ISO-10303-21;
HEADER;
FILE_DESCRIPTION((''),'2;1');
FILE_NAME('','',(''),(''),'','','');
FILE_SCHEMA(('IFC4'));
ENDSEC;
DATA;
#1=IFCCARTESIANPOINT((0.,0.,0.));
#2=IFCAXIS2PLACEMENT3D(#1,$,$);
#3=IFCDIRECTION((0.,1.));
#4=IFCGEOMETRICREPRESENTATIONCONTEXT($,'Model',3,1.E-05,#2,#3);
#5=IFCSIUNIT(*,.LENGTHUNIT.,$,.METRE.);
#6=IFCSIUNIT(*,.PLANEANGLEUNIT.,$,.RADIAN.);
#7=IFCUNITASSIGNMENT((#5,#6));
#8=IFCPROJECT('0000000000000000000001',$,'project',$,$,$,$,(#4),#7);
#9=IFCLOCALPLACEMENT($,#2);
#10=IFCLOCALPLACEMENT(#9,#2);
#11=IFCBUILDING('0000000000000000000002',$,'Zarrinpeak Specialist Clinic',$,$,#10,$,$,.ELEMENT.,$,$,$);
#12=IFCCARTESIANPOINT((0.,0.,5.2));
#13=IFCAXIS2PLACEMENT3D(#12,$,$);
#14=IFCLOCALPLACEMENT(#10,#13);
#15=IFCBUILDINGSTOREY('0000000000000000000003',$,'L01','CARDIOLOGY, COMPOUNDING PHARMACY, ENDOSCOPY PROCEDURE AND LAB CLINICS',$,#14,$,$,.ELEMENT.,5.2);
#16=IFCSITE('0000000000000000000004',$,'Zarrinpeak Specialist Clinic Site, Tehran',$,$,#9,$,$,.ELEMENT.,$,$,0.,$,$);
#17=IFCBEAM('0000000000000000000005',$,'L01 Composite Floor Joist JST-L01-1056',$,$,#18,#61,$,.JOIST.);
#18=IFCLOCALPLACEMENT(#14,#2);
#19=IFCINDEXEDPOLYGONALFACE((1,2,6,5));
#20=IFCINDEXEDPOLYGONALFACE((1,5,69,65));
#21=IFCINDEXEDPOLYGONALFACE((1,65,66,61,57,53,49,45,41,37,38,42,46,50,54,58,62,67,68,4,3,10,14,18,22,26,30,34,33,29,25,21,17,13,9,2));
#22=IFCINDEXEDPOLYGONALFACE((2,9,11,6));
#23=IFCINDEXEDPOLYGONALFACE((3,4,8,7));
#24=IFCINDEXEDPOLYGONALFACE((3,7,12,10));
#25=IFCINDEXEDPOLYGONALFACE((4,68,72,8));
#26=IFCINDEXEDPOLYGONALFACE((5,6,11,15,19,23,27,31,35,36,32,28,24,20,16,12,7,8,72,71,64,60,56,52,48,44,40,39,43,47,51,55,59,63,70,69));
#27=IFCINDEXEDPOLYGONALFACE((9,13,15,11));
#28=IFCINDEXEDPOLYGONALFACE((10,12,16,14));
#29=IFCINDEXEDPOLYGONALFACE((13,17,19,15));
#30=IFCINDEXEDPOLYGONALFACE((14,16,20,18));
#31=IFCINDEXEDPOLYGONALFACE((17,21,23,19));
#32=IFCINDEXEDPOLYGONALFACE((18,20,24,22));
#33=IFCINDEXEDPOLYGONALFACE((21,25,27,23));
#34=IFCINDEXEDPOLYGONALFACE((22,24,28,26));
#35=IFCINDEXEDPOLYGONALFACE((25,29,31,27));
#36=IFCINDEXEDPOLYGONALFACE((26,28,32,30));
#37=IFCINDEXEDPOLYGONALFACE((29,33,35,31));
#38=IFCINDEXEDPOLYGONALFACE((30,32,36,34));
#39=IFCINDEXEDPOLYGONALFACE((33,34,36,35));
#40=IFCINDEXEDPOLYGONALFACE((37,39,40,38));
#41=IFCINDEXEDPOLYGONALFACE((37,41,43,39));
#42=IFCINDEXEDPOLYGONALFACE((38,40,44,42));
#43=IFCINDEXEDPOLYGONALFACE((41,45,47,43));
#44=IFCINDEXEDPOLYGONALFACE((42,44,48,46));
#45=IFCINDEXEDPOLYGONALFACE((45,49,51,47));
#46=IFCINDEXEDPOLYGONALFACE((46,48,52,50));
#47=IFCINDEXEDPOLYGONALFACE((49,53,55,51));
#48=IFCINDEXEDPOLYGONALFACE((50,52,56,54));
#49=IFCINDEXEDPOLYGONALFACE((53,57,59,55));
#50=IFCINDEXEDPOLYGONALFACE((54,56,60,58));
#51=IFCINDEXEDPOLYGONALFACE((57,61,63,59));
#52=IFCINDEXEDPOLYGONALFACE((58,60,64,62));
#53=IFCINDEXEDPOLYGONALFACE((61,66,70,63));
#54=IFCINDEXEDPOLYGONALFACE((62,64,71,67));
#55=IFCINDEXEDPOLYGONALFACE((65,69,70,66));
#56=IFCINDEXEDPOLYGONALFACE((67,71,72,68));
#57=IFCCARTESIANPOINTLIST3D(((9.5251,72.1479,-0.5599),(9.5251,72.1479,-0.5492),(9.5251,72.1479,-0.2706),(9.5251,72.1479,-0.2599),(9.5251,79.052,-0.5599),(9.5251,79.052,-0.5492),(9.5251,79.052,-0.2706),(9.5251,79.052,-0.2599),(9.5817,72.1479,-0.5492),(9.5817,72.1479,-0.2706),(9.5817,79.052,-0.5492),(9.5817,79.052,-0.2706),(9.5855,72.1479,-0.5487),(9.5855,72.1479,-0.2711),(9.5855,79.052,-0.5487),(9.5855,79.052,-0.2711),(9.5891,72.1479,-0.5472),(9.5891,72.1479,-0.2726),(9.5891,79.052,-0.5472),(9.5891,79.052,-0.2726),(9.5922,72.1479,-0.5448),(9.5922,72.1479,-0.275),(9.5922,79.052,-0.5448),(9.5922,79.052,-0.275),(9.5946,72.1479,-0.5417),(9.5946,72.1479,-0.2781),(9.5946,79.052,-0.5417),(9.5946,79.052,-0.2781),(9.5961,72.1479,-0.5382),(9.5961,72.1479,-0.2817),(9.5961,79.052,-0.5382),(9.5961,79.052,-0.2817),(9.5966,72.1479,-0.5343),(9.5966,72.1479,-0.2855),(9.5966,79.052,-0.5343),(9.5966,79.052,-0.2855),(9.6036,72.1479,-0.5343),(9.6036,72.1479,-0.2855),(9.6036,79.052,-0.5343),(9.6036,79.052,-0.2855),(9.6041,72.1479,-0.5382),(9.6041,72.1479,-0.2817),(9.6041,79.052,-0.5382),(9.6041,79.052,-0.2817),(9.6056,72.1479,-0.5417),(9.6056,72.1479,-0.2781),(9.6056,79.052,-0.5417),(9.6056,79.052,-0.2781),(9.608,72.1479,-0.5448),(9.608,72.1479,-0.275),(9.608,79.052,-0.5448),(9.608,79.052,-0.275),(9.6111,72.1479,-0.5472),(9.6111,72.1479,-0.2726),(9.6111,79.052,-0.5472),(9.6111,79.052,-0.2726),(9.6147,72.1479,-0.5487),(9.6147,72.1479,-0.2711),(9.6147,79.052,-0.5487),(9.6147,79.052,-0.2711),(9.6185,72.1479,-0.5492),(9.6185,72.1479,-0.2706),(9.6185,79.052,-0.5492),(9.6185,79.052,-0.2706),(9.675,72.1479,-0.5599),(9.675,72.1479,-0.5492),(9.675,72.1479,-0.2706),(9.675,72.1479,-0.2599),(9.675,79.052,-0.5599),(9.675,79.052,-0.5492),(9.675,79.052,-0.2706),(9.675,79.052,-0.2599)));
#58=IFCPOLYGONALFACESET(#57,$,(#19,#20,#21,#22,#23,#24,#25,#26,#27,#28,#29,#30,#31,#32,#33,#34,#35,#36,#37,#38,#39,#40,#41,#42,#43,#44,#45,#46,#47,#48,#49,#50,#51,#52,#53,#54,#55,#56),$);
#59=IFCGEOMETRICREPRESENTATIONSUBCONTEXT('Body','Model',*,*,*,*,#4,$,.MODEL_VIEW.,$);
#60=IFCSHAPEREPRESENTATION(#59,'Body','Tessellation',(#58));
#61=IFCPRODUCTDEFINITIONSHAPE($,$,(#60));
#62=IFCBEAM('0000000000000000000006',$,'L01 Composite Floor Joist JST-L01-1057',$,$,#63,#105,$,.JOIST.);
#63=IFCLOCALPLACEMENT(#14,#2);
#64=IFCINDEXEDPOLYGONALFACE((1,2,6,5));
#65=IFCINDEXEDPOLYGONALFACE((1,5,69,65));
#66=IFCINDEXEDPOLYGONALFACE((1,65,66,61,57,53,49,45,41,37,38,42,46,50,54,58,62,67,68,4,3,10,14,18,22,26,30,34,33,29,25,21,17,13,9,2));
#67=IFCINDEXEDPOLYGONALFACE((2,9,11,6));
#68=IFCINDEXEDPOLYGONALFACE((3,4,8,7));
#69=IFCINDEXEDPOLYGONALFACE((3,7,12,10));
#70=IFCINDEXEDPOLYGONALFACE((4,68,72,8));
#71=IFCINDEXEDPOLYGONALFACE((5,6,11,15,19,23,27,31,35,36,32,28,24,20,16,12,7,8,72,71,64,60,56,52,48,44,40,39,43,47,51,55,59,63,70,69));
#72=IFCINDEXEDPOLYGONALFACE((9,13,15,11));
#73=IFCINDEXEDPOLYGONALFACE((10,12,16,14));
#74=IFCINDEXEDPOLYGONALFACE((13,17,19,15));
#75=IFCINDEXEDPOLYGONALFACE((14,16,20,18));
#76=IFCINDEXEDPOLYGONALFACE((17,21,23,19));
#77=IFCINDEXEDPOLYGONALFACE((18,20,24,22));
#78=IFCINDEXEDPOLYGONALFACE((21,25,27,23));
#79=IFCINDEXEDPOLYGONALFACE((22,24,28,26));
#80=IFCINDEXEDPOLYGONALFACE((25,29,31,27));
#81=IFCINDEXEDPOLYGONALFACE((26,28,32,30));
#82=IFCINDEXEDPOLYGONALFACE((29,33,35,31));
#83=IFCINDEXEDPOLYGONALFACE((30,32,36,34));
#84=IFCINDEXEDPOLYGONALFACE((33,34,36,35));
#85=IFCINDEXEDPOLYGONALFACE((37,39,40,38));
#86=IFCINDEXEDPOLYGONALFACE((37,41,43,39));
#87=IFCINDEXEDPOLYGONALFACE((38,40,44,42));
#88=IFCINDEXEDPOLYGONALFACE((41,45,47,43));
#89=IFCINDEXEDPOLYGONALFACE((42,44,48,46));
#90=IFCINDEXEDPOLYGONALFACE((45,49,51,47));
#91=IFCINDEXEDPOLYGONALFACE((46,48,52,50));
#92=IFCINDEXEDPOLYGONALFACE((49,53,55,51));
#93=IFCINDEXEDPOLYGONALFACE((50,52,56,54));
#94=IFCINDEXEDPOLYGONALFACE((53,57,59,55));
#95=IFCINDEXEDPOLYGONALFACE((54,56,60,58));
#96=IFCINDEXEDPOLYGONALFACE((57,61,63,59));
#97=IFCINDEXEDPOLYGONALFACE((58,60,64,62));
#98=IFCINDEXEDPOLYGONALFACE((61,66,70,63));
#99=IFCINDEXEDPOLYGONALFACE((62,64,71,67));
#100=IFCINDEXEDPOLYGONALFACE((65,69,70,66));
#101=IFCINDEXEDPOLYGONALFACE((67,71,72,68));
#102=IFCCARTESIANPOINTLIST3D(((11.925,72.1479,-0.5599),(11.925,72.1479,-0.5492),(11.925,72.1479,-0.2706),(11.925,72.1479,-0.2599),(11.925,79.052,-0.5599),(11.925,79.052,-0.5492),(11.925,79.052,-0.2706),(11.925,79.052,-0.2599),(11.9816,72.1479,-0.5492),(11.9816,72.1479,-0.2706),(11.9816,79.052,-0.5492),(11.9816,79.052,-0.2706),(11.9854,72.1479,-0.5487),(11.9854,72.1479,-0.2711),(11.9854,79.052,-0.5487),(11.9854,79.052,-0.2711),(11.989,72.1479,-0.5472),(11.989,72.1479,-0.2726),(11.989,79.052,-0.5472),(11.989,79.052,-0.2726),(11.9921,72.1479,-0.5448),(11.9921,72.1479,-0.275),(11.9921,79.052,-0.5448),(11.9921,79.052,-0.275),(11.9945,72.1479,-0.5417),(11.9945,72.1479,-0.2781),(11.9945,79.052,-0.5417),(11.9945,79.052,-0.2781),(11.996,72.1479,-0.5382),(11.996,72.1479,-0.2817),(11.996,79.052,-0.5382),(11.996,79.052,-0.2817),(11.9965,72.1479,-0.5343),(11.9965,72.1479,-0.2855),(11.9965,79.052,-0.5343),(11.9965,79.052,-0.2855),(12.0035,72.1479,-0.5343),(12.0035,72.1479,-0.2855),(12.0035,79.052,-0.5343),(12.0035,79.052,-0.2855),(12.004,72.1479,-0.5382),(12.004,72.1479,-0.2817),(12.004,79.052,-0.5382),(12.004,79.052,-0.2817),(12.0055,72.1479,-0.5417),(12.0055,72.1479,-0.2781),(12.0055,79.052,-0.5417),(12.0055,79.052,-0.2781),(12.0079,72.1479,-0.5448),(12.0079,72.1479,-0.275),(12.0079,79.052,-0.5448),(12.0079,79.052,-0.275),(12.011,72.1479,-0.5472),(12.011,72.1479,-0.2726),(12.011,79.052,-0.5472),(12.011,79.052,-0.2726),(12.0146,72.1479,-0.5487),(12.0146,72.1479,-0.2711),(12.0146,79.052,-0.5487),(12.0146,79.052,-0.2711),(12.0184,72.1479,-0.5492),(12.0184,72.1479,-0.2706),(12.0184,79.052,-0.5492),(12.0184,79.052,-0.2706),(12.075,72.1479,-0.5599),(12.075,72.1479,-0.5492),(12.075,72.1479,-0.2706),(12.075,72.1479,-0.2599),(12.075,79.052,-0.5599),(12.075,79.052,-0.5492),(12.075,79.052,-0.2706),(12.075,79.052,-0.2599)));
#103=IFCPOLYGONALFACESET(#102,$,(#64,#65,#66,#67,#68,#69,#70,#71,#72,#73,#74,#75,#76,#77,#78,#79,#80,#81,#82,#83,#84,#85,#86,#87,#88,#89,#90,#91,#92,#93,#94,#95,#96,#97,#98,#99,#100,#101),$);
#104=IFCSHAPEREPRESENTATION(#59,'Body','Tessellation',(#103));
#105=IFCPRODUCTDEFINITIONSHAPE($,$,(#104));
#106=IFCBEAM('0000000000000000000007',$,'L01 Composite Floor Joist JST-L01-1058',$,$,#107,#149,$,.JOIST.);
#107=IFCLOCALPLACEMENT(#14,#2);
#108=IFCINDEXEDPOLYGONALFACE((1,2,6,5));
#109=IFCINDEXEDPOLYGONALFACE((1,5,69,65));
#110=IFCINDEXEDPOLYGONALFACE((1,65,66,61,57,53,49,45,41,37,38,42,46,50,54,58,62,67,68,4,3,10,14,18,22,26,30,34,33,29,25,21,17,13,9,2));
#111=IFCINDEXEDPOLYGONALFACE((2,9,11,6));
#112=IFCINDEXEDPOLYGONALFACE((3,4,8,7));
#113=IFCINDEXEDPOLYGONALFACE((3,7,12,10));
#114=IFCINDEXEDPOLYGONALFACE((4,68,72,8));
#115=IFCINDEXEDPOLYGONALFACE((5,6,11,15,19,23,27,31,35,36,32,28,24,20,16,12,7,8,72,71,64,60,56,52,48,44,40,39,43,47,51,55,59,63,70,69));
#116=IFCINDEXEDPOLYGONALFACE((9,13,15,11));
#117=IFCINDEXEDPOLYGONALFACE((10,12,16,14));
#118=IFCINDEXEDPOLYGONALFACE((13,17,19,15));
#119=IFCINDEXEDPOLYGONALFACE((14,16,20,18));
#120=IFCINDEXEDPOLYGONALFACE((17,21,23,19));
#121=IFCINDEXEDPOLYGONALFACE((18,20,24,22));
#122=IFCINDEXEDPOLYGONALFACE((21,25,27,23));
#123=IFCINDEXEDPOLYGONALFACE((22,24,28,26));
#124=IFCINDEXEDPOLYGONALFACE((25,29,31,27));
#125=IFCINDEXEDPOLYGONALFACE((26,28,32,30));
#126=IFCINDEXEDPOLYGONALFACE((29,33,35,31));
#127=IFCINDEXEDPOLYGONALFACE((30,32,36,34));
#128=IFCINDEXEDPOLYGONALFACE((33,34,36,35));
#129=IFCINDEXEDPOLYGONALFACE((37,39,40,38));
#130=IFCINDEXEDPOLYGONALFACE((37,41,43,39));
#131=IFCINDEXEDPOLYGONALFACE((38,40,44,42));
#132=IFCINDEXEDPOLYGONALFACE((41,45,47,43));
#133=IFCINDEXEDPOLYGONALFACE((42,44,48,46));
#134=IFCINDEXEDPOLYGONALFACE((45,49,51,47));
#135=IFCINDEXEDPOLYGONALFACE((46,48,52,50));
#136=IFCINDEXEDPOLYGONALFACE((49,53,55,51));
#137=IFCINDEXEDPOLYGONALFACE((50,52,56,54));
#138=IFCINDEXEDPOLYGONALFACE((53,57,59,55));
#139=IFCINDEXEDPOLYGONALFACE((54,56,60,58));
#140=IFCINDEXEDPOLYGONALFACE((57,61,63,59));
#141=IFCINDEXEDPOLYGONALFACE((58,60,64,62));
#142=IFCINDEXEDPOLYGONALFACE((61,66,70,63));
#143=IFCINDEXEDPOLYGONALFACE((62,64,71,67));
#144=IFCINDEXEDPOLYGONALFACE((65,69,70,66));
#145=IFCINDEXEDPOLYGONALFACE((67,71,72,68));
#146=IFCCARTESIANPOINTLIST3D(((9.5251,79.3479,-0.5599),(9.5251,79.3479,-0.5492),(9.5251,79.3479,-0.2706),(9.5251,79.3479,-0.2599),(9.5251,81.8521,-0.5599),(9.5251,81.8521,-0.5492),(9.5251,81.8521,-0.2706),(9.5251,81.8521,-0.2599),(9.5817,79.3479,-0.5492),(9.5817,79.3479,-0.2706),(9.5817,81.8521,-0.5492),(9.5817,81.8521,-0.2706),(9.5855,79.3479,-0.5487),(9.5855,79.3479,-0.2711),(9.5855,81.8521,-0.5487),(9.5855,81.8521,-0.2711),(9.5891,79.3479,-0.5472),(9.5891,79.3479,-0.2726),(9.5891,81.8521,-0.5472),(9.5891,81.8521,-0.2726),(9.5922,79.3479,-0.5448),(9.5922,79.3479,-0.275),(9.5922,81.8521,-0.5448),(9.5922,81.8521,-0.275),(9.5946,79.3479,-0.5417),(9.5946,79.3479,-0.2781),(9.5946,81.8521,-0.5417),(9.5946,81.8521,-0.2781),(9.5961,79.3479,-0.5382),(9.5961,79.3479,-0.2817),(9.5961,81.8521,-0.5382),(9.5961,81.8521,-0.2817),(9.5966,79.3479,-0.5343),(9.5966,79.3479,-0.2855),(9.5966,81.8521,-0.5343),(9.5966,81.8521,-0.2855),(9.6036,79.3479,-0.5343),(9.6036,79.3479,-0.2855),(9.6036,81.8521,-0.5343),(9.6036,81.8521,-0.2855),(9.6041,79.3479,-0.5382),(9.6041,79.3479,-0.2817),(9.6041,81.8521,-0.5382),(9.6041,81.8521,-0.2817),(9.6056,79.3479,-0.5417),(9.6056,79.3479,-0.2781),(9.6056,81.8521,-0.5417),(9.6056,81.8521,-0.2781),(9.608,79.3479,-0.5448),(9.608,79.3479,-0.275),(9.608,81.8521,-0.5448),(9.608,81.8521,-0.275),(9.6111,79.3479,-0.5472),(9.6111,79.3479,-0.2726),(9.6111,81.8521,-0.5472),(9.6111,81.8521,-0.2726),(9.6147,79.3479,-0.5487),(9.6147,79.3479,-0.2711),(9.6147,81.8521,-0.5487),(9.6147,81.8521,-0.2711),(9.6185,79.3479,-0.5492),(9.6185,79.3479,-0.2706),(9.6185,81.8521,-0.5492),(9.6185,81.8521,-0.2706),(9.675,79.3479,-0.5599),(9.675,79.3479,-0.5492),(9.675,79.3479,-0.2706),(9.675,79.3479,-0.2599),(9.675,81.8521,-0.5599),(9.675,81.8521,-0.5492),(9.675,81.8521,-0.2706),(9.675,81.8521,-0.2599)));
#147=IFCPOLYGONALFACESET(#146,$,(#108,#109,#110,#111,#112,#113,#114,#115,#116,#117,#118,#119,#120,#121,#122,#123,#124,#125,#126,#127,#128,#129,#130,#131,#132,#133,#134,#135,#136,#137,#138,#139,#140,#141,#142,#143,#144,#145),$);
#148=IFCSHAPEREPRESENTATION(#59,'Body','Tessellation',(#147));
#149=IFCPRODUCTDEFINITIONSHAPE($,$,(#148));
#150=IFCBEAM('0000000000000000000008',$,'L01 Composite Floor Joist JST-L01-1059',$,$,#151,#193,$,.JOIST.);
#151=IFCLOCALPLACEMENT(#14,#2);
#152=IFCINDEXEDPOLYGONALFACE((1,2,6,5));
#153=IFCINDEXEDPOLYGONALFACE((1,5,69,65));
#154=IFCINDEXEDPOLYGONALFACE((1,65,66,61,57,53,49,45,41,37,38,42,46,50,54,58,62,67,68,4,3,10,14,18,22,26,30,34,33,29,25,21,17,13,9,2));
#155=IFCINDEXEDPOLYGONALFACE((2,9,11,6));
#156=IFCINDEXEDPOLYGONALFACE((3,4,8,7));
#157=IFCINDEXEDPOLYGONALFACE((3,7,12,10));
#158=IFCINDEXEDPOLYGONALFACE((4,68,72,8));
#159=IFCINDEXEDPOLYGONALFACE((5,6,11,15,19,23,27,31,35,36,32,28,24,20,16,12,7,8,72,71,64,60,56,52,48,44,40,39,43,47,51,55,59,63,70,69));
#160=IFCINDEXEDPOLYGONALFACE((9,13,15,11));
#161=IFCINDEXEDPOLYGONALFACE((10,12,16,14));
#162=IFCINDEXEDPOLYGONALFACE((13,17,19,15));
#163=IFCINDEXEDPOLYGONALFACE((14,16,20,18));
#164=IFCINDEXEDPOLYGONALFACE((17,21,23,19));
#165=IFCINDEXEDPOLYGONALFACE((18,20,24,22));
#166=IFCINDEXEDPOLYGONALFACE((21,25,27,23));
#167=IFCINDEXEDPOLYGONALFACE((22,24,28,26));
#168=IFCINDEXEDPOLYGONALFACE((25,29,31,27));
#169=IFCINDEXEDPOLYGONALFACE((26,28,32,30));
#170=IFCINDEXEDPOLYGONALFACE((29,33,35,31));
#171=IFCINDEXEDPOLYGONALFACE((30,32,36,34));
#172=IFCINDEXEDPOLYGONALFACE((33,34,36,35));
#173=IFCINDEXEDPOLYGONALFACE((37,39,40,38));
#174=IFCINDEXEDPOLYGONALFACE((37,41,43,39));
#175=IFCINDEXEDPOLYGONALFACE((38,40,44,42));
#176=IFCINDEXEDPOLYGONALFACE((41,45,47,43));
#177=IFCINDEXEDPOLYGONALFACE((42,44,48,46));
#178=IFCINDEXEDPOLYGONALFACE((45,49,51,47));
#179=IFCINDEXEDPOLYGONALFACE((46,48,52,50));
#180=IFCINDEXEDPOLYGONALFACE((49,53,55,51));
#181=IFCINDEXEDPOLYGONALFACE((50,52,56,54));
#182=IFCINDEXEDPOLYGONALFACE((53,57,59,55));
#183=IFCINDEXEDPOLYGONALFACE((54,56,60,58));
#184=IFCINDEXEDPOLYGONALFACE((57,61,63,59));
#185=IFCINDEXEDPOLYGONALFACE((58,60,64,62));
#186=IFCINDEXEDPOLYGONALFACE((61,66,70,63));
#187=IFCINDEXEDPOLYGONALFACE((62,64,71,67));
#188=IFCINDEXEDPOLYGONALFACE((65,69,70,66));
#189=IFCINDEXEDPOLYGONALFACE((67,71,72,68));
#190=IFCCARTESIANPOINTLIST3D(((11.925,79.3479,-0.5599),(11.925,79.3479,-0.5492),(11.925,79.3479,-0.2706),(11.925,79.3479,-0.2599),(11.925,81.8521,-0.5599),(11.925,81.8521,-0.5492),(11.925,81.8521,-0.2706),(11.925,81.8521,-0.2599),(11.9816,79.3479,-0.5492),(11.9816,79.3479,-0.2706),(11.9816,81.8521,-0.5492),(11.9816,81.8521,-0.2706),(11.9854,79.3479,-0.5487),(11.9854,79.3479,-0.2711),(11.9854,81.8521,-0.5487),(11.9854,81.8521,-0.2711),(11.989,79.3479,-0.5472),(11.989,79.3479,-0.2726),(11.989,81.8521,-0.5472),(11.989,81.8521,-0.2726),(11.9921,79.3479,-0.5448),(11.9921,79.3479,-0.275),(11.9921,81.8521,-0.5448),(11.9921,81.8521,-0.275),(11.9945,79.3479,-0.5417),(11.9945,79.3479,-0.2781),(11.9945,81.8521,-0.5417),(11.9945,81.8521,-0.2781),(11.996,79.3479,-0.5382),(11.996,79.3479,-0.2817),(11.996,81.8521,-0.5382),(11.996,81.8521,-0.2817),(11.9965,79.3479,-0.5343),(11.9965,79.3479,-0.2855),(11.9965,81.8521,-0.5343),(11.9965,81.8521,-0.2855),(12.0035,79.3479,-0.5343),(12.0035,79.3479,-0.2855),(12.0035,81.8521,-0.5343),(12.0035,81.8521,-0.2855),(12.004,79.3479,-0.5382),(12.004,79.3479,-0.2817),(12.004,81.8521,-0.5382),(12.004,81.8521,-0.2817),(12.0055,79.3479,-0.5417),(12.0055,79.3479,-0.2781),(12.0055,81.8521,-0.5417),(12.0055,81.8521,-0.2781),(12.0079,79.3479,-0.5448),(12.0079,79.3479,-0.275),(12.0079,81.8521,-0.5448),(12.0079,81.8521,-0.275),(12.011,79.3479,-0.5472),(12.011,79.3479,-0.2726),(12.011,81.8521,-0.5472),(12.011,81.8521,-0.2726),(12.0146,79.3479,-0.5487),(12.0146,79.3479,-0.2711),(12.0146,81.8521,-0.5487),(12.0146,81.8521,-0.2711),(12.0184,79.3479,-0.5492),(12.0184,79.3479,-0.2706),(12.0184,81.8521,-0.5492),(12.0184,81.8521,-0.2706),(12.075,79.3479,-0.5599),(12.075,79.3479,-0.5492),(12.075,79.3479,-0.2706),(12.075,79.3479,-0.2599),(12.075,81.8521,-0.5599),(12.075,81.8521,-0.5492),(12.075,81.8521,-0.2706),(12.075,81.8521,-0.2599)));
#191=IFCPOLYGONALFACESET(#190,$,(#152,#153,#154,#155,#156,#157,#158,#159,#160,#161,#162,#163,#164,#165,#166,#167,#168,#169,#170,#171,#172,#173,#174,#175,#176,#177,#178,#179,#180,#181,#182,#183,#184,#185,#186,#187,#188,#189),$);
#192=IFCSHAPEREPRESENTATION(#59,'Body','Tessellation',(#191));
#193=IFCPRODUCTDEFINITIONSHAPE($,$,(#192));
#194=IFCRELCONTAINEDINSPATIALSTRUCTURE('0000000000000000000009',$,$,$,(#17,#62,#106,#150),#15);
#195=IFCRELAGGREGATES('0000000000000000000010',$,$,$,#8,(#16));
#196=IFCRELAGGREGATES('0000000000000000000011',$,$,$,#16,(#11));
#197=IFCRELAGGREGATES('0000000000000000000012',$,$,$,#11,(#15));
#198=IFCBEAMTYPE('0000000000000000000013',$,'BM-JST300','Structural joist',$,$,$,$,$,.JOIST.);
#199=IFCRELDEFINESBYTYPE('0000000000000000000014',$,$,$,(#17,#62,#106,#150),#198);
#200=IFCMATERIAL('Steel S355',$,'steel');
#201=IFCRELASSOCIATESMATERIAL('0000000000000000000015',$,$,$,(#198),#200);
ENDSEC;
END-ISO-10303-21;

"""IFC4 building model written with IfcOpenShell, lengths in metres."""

from ifc_helpers import new_model, si_unit, direction, frame, origin, origin_2d, place, context, subcontext, project, spatial, i_section, extrude, material, material_profile, profile_set, type_object, element, save


model = new_model("IFC4")

# Units and contexts
model_context = context("Model", 3, precision=1e-05, world=origin(), true_north=direction((0.0, 1.0)))
body_context = subcontext(model_context, "Body", "Model", "MODEL_VIEW")
ifc_project = project(units=[si_unit("LENGTHUNIT", "METRE"), si_unit("PLANEANGLEUNIT", "RADIAN")], contexts=[model_context])

# Site, building, storey
site_placement = place(None, origin())
site = spatial("IfcSite", under=ifc_project, at=site_placement, Name="Zarrinpeak Specialist Clinic Site, Tehran", CompositionType="ELEMENT", RefElevation=0.0)
building_placement = place(site_placement, origin())
building = spatial("IfcBuilding", under=site, at=building_placement, Name="Zarrinpeak Specialist Clinic", CompositionType="ELEMENT")
storey_placement = place(building_placement, frame((0.0, 0.0, 5.2)))
storey = spatial("IfcBuildingStorey", under=building, at=storey_placement, Name="L01", Description="CARDIOLOGY, COMPOUNDING PHARMACY, ENDOSCOPY PROCEDURE AND LAB CLINICS", CompositionType="ELEMENT", Elevation=5.2)

# Shared definitions
ifc_material_1 = material(Name="Steel S355", Category="steel")

# Beams
ifc_material_profile_1 = material_profile(ifc_material_1, i_section(OverallWidth=0.1499, OverallDepth=0.3, WebThickness=0.0071, FlangeThickness=0.0107, FilletRadius=0.0149, at=origin_2d()), Name="IPE 300")
ifc_profile_set_1 = profile_set([ifc_material_profile_1], Name="Steel S355")
beam_type_1 = type_object("IfcBeamType", Name="BM-JST300", Description="Structural joist", PredefinedType="JOIST", material=ifc_profile_set_1)
for number, where, z_axis, x_axis, name in (
    (1, (9.6001, 72.1479, -0.4099), (0.0, 1.0, 0.0), (-1.0, 0.0, 0.0), "L01 Composite Floor Joist JST-L01-1056"),
    (2, (12.0, 72.1479, -0.4099), (0.0, 1.0, 0.0), (-1.0, 0.0, 0.0), "L01 Composite Floor Joist JST-L01-1057"),
):
    element("IfcBeam", number, at=place(storey_placement, frame(where, z_axis=z_axis, x_axis=x_axis)), inside=storey, type_object=beam_type_1, Name=name, PredefinedType="JOIST", context=body_context, shape_type="SweptSolid", body=[
        extrude(i_section(OverallWidth=0.1499, OverallDepth=0.3, WebThickness=0.0071, FlangeThickness=0.0107, FilletRadius=0.0149, at=origin_2d()), origin(), (0.0, 0.0, 1.0), 6.9041),
    ])
for number, where, z_axis, x_axis, name in (
    (3, (9.6001, 79.3479, -0.4099), (0.0, 1.0, 0.0), (-1.0, 0.0, 0.0), "L01 Composite Floor Joist JST-L01-1058"),
    (4, (12.0, 79.3479, -0.4099), (0.0, 1.0, 0.0), (-1.0, 0.0, 0.0), "L01 Composite Floor Joist JST-L01-1059"),
):
    element("IfcBeam", number, at=place(storey_placement, frame(where, z_axis=z_axis, x_axis=x_axis)), inside=storey, type_object=beam_type_1, Name=name, PredefinedType="JOIST", context=body_context, shape_type="SweptSolid", body=[
        extrude(i_section(OverallWidth=0.1499, OverallDepth=0.3, WebThickness=0.0071, FlangeThickness=0.0107, FilletRadius=0.0149, at=origin_2d()), origin(), (0.0, 0.0, 1.0), 2.5042),
    ])

save(model, "model.ifc")
